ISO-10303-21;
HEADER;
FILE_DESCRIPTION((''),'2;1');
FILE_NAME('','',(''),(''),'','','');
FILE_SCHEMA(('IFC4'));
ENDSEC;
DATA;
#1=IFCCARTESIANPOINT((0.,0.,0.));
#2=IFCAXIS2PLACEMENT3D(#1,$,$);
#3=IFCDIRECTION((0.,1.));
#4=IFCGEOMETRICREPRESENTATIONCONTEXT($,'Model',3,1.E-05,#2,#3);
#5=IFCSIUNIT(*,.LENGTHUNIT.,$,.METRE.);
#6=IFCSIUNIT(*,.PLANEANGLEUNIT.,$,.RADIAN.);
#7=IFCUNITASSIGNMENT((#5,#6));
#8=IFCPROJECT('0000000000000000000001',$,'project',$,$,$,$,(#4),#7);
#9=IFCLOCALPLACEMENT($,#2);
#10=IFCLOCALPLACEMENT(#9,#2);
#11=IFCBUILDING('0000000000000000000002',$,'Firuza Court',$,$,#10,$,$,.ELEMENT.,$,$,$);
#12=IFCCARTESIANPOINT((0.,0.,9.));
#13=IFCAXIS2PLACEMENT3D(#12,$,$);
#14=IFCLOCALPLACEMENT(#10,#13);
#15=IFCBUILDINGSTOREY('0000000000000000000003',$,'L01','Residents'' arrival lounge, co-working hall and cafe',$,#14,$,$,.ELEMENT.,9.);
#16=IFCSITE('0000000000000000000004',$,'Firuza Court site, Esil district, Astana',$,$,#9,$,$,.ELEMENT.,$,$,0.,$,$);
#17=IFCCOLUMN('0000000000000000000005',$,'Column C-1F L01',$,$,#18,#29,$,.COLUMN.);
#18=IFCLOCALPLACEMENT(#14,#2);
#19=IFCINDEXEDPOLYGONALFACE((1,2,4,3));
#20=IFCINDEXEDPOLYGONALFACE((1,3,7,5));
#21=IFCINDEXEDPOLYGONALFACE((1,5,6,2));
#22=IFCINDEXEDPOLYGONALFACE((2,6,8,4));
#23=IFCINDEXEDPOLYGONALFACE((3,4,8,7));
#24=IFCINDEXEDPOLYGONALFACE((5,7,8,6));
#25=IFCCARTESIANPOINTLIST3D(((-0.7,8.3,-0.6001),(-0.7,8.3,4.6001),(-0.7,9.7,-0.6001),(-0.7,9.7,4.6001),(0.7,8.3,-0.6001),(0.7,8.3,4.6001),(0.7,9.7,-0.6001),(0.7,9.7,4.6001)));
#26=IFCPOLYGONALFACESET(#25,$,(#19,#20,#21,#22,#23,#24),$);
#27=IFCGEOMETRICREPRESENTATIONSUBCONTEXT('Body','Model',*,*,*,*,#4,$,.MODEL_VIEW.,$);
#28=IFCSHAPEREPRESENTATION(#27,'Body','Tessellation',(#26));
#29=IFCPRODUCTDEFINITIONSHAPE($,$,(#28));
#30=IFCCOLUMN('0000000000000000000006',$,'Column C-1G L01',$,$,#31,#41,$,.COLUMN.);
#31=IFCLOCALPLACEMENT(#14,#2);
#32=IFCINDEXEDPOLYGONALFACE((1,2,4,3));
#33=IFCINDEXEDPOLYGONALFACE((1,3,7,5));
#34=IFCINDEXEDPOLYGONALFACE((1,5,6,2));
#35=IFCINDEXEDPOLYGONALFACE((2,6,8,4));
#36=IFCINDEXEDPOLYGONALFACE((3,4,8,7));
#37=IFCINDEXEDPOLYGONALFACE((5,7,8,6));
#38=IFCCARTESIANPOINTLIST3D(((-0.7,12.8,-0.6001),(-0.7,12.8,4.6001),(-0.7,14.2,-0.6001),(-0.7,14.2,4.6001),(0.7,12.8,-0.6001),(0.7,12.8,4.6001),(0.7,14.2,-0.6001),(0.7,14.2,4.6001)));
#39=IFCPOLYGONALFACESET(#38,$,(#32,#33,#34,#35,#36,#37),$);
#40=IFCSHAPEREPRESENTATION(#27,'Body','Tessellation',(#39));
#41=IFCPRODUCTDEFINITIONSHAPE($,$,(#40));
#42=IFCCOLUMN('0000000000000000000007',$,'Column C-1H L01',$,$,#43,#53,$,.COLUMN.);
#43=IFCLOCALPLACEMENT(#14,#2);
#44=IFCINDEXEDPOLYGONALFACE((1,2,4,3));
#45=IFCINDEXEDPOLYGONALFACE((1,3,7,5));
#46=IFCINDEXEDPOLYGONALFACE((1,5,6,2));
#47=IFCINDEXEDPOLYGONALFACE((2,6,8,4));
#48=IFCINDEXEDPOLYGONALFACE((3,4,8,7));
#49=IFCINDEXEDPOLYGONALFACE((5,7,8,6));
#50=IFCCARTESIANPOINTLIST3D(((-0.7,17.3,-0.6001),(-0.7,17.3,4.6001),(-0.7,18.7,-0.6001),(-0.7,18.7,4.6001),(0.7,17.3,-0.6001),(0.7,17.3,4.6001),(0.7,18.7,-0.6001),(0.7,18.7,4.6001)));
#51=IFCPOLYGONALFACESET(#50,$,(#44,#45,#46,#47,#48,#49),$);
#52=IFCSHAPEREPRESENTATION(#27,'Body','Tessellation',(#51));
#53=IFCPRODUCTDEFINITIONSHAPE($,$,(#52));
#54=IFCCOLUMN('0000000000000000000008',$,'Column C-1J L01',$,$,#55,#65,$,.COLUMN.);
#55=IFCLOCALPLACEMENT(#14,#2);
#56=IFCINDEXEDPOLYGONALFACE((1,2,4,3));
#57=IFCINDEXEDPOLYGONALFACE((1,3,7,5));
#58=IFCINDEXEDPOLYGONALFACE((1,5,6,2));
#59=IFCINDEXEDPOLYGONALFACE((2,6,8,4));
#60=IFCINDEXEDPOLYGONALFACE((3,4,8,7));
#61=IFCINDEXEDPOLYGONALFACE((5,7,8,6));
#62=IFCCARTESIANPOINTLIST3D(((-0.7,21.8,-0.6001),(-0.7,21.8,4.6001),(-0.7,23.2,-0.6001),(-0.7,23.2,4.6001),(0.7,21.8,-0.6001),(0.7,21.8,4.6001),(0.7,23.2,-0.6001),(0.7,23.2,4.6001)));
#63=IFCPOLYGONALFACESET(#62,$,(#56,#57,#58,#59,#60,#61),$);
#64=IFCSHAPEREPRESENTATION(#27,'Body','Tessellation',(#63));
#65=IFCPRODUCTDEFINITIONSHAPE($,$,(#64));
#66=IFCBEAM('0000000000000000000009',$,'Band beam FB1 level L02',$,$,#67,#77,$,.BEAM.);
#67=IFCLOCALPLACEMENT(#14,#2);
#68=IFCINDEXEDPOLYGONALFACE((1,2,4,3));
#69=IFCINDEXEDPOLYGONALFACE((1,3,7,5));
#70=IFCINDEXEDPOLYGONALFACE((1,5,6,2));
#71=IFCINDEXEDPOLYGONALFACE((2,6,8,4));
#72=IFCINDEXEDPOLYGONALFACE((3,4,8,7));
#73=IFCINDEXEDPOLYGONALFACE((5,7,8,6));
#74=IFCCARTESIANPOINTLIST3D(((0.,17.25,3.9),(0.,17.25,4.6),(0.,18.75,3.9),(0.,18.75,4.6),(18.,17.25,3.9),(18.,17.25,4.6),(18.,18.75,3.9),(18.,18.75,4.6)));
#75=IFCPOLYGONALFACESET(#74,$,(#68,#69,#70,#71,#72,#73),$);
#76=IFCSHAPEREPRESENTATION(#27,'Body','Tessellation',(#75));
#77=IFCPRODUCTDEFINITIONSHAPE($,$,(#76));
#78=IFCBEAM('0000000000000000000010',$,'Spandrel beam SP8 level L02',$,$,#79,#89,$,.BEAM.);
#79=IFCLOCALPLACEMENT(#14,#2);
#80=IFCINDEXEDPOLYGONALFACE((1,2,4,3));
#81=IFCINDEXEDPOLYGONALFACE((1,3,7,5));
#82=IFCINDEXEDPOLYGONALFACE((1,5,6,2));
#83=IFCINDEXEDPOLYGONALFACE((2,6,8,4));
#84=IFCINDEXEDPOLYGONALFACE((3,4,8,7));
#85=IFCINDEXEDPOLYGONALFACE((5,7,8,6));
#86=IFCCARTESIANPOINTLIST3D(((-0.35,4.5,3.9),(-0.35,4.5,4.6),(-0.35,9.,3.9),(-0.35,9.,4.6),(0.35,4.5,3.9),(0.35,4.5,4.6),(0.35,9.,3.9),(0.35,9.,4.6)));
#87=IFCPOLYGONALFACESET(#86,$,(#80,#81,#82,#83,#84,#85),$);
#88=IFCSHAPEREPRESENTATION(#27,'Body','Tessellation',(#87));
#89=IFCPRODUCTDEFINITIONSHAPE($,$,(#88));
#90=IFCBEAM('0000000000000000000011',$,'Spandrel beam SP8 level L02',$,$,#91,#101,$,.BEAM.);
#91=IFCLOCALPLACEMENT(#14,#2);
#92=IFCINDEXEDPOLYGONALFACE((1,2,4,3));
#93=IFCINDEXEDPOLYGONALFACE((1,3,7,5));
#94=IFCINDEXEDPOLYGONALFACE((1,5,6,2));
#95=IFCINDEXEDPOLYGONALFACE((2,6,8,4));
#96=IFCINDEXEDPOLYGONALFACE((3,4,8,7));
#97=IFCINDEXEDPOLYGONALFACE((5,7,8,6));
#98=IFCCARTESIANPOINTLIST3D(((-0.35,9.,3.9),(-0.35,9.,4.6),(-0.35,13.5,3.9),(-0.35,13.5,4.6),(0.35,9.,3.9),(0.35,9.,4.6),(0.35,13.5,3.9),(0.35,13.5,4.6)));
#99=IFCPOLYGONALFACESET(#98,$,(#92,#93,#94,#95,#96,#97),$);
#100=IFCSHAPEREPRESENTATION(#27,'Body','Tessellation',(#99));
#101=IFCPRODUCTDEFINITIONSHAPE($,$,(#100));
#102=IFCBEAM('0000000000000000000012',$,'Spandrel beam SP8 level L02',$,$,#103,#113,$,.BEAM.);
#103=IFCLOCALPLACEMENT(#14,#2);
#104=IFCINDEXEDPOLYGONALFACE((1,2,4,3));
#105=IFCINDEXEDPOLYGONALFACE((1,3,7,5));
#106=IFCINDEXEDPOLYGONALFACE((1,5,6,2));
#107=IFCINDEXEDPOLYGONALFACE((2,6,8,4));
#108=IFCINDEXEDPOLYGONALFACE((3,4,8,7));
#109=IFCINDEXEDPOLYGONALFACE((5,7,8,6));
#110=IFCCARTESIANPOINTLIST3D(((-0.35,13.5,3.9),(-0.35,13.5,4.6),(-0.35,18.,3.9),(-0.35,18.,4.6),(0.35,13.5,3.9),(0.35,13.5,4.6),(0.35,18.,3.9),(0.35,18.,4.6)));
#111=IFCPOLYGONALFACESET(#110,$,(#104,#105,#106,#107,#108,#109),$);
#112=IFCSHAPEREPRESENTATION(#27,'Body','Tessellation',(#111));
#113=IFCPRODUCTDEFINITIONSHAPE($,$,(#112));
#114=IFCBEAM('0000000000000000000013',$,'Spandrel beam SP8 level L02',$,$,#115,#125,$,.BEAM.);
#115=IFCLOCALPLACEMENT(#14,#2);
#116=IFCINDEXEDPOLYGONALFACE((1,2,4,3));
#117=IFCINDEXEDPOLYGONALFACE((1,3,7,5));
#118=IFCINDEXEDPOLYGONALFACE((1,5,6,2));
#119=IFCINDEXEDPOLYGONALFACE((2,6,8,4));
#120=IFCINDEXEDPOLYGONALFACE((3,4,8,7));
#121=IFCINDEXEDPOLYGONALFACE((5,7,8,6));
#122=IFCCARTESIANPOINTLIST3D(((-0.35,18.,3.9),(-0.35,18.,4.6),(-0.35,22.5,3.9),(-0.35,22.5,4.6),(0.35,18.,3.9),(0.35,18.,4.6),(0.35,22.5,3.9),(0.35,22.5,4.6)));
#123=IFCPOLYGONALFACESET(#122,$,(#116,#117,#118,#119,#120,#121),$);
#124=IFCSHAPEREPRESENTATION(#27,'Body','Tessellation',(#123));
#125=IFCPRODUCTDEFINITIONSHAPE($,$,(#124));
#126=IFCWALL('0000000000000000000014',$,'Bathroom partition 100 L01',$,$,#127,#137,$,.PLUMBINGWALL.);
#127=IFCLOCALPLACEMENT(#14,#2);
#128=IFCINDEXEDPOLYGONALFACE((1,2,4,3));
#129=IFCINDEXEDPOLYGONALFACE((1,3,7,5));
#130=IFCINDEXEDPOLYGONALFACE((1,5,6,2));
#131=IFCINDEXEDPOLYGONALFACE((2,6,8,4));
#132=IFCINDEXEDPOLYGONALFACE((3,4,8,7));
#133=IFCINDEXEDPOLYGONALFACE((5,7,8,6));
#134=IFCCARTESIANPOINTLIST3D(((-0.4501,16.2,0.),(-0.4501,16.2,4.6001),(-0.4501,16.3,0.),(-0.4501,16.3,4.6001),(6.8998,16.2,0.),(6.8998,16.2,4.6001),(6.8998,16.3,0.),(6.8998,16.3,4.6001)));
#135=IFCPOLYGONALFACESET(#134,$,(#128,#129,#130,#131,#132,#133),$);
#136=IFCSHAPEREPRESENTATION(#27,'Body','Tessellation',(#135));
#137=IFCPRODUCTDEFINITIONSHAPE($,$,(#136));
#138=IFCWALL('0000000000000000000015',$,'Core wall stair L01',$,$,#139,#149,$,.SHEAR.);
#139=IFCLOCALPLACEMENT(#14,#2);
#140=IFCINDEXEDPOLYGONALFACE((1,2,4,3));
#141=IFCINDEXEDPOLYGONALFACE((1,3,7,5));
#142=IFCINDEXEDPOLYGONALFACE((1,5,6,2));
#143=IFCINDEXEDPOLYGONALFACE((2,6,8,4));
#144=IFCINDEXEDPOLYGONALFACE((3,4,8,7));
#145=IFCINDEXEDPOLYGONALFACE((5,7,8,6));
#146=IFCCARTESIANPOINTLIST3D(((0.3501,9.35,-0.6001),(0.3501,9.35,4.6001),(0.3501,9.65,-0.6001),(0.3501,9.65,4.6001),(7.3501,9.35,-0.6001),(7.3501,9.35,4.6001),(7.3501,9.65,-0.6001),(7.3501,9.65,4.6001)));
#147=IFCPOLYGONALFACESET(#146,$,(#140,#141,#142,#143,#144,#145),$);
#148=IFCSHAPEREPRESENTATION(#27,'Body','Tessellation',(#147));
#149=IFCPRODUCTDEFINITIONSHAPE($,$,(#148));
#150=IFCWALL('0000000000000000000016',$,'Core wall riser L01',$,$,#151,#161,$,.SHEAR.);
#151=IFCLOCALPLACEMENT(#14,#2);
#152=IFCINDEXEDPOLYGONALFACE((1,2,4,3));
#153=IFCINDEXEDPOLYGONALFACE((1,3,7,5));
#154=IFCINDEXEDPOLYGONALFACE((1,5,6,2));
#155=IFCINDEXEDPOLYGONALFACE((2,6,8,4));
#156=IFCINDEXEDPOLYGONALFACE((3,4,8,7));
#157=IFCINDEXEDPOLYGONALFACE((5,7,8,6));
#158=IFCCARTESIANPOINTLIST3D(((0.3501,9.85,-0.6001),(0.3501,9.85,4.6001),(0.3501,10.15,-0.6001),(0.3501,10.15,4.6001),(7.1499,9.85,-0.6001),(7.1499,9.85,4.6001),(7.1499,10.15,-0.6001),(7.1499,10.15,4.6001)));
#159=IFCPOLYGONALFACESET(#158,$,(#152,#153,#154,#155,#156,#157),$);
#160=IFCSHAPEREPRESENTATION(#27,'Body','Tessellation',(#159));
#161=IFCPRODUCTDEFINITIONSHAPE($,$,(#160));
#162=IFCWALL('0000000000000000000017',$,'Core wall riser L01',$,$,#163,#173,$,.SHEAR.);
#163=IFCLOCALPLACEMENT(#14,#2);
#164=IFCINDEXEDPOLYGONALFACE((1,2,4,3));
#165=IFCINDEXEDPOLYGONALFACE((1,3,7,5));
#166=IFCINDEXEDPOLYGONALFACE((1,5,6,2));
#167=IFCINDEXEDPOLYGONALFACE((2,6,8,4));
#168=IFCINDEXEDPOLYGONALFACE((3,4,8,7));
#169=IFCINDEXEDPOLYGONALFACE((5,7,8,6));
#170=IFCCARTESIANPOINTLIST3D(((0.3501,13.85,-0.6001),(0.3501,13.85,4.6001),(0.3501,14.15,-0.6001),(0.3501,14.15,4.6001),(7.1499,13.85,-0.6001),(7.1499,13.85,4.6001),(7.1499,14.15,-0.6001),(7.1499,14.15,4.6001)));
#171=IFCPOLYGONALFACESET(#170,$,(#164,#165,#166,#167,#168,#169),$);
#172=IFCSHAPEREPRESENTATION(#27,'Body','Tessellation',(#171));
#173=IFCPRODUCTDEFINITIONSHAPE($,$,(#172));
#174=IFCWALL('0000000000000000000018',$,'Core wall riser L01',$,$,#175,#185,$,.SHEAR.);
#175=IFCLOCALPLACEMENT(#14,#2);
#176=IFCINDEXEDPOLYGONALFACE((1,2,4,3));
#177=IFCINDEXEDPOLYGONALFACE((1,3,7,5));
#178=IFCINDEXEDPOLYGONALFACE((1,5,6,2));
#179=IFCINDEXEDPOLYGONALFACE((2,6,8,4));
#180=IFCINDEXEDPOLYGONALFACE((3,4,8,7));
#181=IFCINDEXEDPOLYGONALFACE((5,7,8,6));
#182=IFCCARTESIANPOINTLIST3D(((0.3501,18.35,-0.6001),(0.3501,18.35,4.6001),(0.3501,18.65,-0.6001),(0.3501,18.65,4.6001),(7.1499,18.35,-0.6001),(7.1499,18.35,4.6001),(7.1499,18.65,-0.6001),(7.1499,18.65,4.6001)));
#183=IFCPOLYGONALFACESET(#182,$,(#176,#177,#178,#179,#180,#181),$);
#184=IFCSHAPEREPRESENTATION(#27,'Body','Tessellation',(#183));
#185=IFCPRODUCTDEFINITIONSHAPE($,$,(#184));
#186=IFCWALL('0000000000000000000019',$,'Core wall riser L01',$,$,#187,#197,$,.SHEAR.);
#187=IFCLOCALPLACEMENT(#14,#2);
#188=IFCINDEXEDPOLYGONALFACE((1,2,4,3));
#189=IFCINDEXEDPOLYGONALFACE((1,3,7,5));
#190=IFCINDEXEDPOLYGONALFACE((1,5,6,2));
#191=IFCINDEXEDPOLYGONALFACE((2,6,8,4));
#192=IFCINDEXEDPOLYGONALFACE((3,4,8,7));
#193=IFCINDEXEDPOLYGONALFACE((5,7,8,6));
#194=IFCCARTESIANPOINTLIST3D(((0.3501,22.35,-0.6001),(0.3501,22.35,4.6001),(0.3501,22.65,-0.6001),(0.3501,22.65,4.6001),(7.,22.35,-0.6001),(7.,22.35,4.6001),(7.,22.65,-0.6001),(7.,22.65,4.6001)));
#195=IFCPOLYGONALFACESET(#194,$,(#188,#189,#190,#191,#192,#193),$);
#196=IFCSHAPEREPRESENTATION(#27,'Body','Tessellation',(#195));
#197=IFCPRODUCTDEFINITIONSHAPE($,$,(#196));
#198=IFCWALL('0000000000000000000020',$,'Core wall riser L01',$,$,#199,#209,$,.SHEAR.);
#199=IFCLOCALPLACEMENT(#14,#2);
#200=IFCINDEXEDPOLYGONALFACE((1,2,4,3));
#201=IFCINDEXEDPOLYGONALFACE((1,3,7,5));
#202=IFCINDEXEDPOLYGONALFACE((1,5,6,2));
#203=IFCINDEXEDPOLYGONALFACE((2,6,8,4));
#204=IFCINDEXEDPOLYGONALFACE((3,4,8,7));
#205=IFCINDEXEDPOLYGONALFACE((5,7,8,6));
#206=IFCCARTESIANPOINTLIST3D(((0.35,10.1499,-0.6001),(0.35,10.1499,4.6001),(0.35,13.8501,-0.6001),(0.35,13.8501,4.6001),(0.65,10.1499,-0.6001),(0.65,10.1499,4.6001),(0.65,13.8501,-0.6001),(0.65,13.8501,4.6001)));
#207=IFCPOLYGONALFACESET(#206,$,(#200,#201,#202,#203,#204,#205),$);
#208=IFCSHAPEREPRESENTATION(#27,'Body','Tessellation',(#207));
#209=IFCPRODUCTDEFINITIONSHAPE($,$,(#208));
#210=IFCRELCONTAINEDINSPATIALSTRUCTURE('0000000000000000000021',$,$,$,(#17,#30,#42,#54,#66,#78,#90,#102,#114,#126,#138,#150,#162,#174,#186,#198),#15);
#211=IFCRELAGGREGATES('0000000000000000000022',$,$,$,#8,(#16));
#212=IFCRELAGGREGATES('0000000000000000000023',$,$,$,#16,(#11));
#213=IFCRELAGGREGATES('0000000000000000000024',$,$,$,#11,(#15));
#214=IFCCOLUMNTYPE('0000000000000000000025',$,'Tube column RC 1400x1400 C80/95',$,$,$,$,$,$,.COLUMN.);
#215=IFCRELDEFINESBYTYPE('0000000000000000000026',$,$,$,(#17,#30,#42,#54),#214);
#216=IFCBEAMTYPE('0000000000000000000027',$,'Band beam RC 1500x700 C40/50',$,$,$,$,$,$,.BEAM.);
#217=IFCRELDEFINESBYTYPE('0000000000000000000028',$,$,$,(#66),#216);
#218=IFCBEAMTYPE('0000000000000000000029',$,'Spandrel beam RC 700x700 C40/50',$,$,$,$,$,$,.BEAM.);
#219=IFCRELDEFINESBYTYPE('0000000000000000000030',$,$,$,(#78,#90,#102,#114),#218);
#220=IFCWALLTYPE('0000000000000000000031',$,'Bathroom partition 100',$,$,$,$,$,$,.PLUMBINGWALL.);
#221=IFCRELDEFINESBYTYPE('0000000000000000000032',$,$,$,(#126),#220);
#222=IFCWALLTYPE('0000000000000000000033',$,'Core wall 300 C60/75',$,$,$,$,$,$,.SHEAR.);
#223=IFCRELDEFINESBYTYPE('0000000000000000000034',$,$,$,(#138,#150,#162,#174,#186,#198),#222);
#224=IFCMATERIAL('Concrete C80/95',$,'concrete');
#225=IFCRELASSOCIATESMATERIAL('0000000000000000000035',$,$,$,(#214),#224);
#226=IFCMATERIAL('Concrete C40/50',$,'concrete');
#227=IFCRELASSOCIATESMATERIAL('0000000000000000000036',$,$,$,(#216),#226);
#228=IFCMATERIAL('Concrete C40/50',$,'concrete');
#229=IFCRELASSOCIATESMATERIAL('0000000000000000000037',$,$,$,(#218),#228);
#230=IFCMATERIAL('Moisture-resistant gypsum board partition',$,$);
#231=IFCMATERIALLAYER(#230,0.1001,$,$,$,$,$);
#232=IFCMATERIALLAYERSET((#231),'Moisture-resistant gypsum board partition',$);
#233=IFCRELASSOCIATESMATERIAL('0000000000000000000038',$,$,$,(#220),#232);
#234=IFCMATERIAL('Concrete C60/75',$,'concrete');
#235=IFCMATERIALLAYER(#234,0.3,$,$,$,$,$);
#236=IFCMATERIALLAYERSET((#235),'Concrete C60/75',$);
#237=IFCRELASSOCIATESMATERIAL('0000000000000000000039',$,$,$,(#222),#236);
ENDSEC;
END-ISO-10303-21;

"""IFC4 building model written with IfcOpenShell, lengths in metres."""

from ifc_helpers import new_model, si_unit, direction, frame, frame_2d, origin, origin_2d, place, context, subcontext, project, spatial, rectangle, extrude, material, layer, layer_set, material_profile, profile_set, type_object, element, save


model = new_model("IFC4")

# Units and contexts
model_context = context("Model", 3, precision=1e-05, world=origin(), true_north=direction((0.0, 1.0)))
body_context = subcontext(model_context, "Body", "Model", "MODEL_VIEW")
ifc_project = project(units=[si_unit("LENGTHUNIT", "METRE"), si_unit("PLANEANGLEUNIT", "RADIAN")], contexts=[model_context])

# Site, building, storey
site_placement = place(None, origin())
site = spatial("IfcSite", under=ifc_project, at=site_placement, Name="Firuza Court site, Esil district, Astana", CompositionType="ELEMENT", RefElevation=0.0)
building_placement = place(site_placement, origin())
building = spatial("IfcBuilding", under=site, at=building_placement, Name="Firuza Court", CompositionType="ELEMENT")
storey_placement = place(building_placement, frame((0.0, 0.0, 9.0)))
storey = spatial("IfcBuildingStorey", under=building, at=storey_placement, Name="L01", Description="Residents' arrival lounge, co-working hall and cafe", CompositionType="ELEMENT", Elevation=9.0)

# Columns
ifc_material_1 = material(Name="Concrete C80/95", Category="concrete")
ifc_material_profile_1 = material_profile(ifc_material_1, rectangle(XDim=1.3999, YDim=1.3999, at=origin_2d()), Name="RC 1400x1400")
ifc_profile_set_1 = profile_set([ifc_material_profile_1], Name="Concrete C80/95")
column_type = type_object("IfcColumnType", Name="Tube column RC 1400x1400 C80/95", PredefinedType="COLUMN", material=ifc_profile_set_1)
for number, where, z_axis, x_axis, name in (
    (1, (0.0, 9.0, -0.6001), (0.0, 0.0, 1.0), (1.0, 0.0, 0.0), "Column C-1F L01"),
    (2, (0.0, 13.5, -0.6001), (0.0, 0.0, 1.0), (1.0, 0.0, 0.0), "Column C-1G L01"),
    (3, (0.0, 18.0, -0.6001), (0.0, 0.0, 1.0), (1.0, 0.0, 0.0), "Column C-1H L01"),
    (4, (0.0, 22.5, -0.6001), (0.0, 0.0, 1.0), (1.0, 0.0, 0.0), "Column C-1J L01"),
):
    element("IfcColumn", number, at=place(storey_placement, frame(where, z_axis=z_axis, x_axis=x_axis)), inside=storey, type_object=column_type, Name=name, PredefinedType="COLUMN", context=body_context, shape_type="SweptSolid", body=[
        extrude(rectangle(XDim=1.3999, YDim=1.3999, at=origin_2d()), origin(), (0.0, 0.0, 1.0), 5.2002),
    ])

# Beams
ifc_material_2 = material(Name="Concrete C40/50", Category="concrete")
ifc_material_profile_2 = material_profile(ifc_material_2, rectangle(XDim=1.5, YDim=0.7, at=origin_2d()), Name="RC 1500x700")
ifc_profile_set_2 = profile_set([ifc_material_profile_2], Name="Concrete C40/50")
beam_type_1 = type_object("IfcBeamType", Name="Band beam RC 1500x700 C40/50", PredefinedType="BEAM", material=ifc_profile_set_2)
beam_placement = place(storey_placement, frame((0.0, 18.0, 4.25), z_axis=(1.0, 0.0, 0.0), x_axis=(0.0, 1.0, 0.0)))
element("IfcBeam", 5, at=beam_placement, inside=storey, type_object=beam_type_1, Name="Band beam FB1 level L02", PredefinedType="BEAM", context=body_context, shape_type="SweptSolid", body=[
    extrude(rectangle(XDim=1.5, YDim=0.7, at=origin_2d()), origin(), (0.0, 0.0, 1.0), 18.0),
])
ifc_material_3 = material(Name="Concrete C40/50", Category="concrete")
ifc_material_profile_3 = material_profile(ifc_material_3, rectangle(XDim=0.7, YDim=0.7, at=origin_2d()), Name="RC 700x700")
ifc_profile_set_3 = profile_set([ifc_material_profile_3], Name="Concrete C40/50")
beam_type_2 = type_object("IfcBeamType", Name="Spandrel beam RC 700x700 C40/50", PredefinedType="BEAM", material=ifc_profile_set_3)
for number, where, z_axis, x_axis, name in (
    (6, (0.0, 9.0, 4.25), (0.0, -1.0, 0.0), (1.0, 0.0, 0.0), "Spandrel beam SP8 level L02"),
    (7, (0.0, 13.5, 4.25), (0.0, -1.0, 0.0), (1.0, 0.0, 0.0), "Spandrel beam SP8 level L02"),
    (8, (0.0, 18.0, 4.25), (0.0, -1.0, 0.0), (1.0, 0.0, 0.0), "Spandrel beam SP8 level L02"),
    (9, (0.0, 22.5, 4.25), (0.0, -1.0, 0.0), (1.0, 0.0, 0.0), "Spandrel beam SP8 level L02"),
):
    element("IfcBeam", number, at=place(storey_placement, frame(where, z_axis=z_axis, x_axis=x_axis)), inside=storey, type_object=beam_type_2, Name=name, PredefinedType="BEAM", context=body_context, shape_type="SweptSolid", body=[
        extrude(rectangle(XDim=0.7, YDim=0.7, at=origin_2d()), origin(), (0.0, 0.0, 1.0), 4.5),
    ])

# Walls
ifc_material_4 = material(Name="Moisture-resistant gypsum board partition")
ifc_layer_1 = layer(ifc_material_4, 0.1001)
ifc_layer_set_1 = layer_set([ifc_layer_1], Name="Moisture-resistant gypsum board partition")
wall_type_1 = type_object("IfcWallType", Name="Bathroom partition 100", PredefinedType="PLUMBINGWALL", material=ifc_layer_set_1)
wall_1_placement = place(storey_placement, frame((-0.45, 16.25, 0.0), z_axis=(0.0, 0.0, 1.0), x_axis=(1.0, 0.0, 0.0)))
element("IfcWall", 10, at=wall_1_placement, inside=storey, type_object=wall_type_1, Name="Bathroom partition 100 L01", PredefinedType="PLUMBINGWALL", context=body_context, shape_type="SweptSolid", body=[
    extrude(rectangle(XDim=7.3499, YDim=0.1001, at=frame_2d((3.6748, 0.0))), origin(), (0.0, 0.0, 1.0), 4.6001),
])
ifc_material_5 = material(Name="Concrete C60/75", Category="concrete")
ifc_layer_2 = layer(ifc_material_5, 0.3)
ifc_layer_set_2 = layer_set([ifc_layer_2], Name="Concrete C60/75")
wall_type_2 = type_object("IfcWallType", Name="Core wall 300 C60/75", PredefinedType="SHEAR", material=ifc_layer_set_2)
wall_2_placement = place(storey_placement, frame((0.3501, 9.5, -0.6001), z_axis=(0.0, 0.0, 1.0), x_axis=(1.0, 0.0, 0.0)))
element("IfcWall", 11, at=wall_2_placement, inside=storey, type_object=wall_type_2, Name="Core wall stair L01", PredefinedType="SHEAR", context=body_context, shape_type="SweptSolid", body=[
    extrude(rectangle(XDim=7.0, YDim=0.3, at=frame_2d((3.5, 0.0))), origin(), (0.0, 0.0, 1.0), 5.2002),
])
for number, where, z_axis, x_axis, name in (
    (12, (0.3501, 10.0, -0.6001), (0.0, 0.0, 1.0), (1.0, 0.0, 0.0), "Core wall riser L01"),
    (13, (0.3501, 14.0, -0.6001), (0.0, 0.0, 1.0), (1.0, 0.0, 0.0), "Core wall riser L01"),
    (14, (0.3501, 18.5, -0.6001), (0.0, 0.0, 1.0), (1.0, 0.0, 0.0), "Core wall riser L01"),
):
    element("IfcWall", number, at=place(storey_placement, frame(where, z_axis=z_axis, x_axis=x_axis)), inside=storey, type_object=wall_type_2, Name=name, PredefinedType="SHEAR", context=body_context, shape_type="SweptSolid", body=[
        extrude(rectangle(XDim=6.7998, YDim=0.3, at=frame_2d((3.3999, 0.0))), origin(), (0.0, 0.0, 1.0), 5.2002),
    ])
wall_3_placement = place(storey_placement, frame((0.3501, 22.5, -0.6001), z_axis=(0.0, 0.0, 1.0), x_axis=(1.0, 0.0, 0.0)))
element("IfcWall", 15, at=wall_3_placement, inside=storey, type_object=wall_type_2, Name="Core wall riser L01", PredefinedType="SHEAR", context=body_context, shape_type="SweptSolid", body=[
    extrude(rectangle(XDim=6.6499, YDim=0.3, at=frame_2d((3.325, 0.0))), origin(), (0.0, 0.0, 1.0), 5.2002),
])
for number, where, z_axis, x_axis, name in (
    (16, (0.5, 10.1499, -0.6001), (0.0, 0.0, 1.0), (0.0, 1.0, 0.0), "Core wall riser L01"),
):
    element("IfcWall", number, at=place(storey_placement, frame(where, z_axis=z_axis, x_axis=x_axis)), inside=storey, type_object=wall_type_2, Name=name, PredefinedType="SHEAR", context=body_context, shape_type="SweptSolid", body=[
        extrude(rectangle(XDim=3.7002, YDim=0.3, at=frame_2d((1.8501, 0.0))), origin(), (0.0, 0.0, 1.0), 5.2002),
    ])

save(model, "model.ifc")
